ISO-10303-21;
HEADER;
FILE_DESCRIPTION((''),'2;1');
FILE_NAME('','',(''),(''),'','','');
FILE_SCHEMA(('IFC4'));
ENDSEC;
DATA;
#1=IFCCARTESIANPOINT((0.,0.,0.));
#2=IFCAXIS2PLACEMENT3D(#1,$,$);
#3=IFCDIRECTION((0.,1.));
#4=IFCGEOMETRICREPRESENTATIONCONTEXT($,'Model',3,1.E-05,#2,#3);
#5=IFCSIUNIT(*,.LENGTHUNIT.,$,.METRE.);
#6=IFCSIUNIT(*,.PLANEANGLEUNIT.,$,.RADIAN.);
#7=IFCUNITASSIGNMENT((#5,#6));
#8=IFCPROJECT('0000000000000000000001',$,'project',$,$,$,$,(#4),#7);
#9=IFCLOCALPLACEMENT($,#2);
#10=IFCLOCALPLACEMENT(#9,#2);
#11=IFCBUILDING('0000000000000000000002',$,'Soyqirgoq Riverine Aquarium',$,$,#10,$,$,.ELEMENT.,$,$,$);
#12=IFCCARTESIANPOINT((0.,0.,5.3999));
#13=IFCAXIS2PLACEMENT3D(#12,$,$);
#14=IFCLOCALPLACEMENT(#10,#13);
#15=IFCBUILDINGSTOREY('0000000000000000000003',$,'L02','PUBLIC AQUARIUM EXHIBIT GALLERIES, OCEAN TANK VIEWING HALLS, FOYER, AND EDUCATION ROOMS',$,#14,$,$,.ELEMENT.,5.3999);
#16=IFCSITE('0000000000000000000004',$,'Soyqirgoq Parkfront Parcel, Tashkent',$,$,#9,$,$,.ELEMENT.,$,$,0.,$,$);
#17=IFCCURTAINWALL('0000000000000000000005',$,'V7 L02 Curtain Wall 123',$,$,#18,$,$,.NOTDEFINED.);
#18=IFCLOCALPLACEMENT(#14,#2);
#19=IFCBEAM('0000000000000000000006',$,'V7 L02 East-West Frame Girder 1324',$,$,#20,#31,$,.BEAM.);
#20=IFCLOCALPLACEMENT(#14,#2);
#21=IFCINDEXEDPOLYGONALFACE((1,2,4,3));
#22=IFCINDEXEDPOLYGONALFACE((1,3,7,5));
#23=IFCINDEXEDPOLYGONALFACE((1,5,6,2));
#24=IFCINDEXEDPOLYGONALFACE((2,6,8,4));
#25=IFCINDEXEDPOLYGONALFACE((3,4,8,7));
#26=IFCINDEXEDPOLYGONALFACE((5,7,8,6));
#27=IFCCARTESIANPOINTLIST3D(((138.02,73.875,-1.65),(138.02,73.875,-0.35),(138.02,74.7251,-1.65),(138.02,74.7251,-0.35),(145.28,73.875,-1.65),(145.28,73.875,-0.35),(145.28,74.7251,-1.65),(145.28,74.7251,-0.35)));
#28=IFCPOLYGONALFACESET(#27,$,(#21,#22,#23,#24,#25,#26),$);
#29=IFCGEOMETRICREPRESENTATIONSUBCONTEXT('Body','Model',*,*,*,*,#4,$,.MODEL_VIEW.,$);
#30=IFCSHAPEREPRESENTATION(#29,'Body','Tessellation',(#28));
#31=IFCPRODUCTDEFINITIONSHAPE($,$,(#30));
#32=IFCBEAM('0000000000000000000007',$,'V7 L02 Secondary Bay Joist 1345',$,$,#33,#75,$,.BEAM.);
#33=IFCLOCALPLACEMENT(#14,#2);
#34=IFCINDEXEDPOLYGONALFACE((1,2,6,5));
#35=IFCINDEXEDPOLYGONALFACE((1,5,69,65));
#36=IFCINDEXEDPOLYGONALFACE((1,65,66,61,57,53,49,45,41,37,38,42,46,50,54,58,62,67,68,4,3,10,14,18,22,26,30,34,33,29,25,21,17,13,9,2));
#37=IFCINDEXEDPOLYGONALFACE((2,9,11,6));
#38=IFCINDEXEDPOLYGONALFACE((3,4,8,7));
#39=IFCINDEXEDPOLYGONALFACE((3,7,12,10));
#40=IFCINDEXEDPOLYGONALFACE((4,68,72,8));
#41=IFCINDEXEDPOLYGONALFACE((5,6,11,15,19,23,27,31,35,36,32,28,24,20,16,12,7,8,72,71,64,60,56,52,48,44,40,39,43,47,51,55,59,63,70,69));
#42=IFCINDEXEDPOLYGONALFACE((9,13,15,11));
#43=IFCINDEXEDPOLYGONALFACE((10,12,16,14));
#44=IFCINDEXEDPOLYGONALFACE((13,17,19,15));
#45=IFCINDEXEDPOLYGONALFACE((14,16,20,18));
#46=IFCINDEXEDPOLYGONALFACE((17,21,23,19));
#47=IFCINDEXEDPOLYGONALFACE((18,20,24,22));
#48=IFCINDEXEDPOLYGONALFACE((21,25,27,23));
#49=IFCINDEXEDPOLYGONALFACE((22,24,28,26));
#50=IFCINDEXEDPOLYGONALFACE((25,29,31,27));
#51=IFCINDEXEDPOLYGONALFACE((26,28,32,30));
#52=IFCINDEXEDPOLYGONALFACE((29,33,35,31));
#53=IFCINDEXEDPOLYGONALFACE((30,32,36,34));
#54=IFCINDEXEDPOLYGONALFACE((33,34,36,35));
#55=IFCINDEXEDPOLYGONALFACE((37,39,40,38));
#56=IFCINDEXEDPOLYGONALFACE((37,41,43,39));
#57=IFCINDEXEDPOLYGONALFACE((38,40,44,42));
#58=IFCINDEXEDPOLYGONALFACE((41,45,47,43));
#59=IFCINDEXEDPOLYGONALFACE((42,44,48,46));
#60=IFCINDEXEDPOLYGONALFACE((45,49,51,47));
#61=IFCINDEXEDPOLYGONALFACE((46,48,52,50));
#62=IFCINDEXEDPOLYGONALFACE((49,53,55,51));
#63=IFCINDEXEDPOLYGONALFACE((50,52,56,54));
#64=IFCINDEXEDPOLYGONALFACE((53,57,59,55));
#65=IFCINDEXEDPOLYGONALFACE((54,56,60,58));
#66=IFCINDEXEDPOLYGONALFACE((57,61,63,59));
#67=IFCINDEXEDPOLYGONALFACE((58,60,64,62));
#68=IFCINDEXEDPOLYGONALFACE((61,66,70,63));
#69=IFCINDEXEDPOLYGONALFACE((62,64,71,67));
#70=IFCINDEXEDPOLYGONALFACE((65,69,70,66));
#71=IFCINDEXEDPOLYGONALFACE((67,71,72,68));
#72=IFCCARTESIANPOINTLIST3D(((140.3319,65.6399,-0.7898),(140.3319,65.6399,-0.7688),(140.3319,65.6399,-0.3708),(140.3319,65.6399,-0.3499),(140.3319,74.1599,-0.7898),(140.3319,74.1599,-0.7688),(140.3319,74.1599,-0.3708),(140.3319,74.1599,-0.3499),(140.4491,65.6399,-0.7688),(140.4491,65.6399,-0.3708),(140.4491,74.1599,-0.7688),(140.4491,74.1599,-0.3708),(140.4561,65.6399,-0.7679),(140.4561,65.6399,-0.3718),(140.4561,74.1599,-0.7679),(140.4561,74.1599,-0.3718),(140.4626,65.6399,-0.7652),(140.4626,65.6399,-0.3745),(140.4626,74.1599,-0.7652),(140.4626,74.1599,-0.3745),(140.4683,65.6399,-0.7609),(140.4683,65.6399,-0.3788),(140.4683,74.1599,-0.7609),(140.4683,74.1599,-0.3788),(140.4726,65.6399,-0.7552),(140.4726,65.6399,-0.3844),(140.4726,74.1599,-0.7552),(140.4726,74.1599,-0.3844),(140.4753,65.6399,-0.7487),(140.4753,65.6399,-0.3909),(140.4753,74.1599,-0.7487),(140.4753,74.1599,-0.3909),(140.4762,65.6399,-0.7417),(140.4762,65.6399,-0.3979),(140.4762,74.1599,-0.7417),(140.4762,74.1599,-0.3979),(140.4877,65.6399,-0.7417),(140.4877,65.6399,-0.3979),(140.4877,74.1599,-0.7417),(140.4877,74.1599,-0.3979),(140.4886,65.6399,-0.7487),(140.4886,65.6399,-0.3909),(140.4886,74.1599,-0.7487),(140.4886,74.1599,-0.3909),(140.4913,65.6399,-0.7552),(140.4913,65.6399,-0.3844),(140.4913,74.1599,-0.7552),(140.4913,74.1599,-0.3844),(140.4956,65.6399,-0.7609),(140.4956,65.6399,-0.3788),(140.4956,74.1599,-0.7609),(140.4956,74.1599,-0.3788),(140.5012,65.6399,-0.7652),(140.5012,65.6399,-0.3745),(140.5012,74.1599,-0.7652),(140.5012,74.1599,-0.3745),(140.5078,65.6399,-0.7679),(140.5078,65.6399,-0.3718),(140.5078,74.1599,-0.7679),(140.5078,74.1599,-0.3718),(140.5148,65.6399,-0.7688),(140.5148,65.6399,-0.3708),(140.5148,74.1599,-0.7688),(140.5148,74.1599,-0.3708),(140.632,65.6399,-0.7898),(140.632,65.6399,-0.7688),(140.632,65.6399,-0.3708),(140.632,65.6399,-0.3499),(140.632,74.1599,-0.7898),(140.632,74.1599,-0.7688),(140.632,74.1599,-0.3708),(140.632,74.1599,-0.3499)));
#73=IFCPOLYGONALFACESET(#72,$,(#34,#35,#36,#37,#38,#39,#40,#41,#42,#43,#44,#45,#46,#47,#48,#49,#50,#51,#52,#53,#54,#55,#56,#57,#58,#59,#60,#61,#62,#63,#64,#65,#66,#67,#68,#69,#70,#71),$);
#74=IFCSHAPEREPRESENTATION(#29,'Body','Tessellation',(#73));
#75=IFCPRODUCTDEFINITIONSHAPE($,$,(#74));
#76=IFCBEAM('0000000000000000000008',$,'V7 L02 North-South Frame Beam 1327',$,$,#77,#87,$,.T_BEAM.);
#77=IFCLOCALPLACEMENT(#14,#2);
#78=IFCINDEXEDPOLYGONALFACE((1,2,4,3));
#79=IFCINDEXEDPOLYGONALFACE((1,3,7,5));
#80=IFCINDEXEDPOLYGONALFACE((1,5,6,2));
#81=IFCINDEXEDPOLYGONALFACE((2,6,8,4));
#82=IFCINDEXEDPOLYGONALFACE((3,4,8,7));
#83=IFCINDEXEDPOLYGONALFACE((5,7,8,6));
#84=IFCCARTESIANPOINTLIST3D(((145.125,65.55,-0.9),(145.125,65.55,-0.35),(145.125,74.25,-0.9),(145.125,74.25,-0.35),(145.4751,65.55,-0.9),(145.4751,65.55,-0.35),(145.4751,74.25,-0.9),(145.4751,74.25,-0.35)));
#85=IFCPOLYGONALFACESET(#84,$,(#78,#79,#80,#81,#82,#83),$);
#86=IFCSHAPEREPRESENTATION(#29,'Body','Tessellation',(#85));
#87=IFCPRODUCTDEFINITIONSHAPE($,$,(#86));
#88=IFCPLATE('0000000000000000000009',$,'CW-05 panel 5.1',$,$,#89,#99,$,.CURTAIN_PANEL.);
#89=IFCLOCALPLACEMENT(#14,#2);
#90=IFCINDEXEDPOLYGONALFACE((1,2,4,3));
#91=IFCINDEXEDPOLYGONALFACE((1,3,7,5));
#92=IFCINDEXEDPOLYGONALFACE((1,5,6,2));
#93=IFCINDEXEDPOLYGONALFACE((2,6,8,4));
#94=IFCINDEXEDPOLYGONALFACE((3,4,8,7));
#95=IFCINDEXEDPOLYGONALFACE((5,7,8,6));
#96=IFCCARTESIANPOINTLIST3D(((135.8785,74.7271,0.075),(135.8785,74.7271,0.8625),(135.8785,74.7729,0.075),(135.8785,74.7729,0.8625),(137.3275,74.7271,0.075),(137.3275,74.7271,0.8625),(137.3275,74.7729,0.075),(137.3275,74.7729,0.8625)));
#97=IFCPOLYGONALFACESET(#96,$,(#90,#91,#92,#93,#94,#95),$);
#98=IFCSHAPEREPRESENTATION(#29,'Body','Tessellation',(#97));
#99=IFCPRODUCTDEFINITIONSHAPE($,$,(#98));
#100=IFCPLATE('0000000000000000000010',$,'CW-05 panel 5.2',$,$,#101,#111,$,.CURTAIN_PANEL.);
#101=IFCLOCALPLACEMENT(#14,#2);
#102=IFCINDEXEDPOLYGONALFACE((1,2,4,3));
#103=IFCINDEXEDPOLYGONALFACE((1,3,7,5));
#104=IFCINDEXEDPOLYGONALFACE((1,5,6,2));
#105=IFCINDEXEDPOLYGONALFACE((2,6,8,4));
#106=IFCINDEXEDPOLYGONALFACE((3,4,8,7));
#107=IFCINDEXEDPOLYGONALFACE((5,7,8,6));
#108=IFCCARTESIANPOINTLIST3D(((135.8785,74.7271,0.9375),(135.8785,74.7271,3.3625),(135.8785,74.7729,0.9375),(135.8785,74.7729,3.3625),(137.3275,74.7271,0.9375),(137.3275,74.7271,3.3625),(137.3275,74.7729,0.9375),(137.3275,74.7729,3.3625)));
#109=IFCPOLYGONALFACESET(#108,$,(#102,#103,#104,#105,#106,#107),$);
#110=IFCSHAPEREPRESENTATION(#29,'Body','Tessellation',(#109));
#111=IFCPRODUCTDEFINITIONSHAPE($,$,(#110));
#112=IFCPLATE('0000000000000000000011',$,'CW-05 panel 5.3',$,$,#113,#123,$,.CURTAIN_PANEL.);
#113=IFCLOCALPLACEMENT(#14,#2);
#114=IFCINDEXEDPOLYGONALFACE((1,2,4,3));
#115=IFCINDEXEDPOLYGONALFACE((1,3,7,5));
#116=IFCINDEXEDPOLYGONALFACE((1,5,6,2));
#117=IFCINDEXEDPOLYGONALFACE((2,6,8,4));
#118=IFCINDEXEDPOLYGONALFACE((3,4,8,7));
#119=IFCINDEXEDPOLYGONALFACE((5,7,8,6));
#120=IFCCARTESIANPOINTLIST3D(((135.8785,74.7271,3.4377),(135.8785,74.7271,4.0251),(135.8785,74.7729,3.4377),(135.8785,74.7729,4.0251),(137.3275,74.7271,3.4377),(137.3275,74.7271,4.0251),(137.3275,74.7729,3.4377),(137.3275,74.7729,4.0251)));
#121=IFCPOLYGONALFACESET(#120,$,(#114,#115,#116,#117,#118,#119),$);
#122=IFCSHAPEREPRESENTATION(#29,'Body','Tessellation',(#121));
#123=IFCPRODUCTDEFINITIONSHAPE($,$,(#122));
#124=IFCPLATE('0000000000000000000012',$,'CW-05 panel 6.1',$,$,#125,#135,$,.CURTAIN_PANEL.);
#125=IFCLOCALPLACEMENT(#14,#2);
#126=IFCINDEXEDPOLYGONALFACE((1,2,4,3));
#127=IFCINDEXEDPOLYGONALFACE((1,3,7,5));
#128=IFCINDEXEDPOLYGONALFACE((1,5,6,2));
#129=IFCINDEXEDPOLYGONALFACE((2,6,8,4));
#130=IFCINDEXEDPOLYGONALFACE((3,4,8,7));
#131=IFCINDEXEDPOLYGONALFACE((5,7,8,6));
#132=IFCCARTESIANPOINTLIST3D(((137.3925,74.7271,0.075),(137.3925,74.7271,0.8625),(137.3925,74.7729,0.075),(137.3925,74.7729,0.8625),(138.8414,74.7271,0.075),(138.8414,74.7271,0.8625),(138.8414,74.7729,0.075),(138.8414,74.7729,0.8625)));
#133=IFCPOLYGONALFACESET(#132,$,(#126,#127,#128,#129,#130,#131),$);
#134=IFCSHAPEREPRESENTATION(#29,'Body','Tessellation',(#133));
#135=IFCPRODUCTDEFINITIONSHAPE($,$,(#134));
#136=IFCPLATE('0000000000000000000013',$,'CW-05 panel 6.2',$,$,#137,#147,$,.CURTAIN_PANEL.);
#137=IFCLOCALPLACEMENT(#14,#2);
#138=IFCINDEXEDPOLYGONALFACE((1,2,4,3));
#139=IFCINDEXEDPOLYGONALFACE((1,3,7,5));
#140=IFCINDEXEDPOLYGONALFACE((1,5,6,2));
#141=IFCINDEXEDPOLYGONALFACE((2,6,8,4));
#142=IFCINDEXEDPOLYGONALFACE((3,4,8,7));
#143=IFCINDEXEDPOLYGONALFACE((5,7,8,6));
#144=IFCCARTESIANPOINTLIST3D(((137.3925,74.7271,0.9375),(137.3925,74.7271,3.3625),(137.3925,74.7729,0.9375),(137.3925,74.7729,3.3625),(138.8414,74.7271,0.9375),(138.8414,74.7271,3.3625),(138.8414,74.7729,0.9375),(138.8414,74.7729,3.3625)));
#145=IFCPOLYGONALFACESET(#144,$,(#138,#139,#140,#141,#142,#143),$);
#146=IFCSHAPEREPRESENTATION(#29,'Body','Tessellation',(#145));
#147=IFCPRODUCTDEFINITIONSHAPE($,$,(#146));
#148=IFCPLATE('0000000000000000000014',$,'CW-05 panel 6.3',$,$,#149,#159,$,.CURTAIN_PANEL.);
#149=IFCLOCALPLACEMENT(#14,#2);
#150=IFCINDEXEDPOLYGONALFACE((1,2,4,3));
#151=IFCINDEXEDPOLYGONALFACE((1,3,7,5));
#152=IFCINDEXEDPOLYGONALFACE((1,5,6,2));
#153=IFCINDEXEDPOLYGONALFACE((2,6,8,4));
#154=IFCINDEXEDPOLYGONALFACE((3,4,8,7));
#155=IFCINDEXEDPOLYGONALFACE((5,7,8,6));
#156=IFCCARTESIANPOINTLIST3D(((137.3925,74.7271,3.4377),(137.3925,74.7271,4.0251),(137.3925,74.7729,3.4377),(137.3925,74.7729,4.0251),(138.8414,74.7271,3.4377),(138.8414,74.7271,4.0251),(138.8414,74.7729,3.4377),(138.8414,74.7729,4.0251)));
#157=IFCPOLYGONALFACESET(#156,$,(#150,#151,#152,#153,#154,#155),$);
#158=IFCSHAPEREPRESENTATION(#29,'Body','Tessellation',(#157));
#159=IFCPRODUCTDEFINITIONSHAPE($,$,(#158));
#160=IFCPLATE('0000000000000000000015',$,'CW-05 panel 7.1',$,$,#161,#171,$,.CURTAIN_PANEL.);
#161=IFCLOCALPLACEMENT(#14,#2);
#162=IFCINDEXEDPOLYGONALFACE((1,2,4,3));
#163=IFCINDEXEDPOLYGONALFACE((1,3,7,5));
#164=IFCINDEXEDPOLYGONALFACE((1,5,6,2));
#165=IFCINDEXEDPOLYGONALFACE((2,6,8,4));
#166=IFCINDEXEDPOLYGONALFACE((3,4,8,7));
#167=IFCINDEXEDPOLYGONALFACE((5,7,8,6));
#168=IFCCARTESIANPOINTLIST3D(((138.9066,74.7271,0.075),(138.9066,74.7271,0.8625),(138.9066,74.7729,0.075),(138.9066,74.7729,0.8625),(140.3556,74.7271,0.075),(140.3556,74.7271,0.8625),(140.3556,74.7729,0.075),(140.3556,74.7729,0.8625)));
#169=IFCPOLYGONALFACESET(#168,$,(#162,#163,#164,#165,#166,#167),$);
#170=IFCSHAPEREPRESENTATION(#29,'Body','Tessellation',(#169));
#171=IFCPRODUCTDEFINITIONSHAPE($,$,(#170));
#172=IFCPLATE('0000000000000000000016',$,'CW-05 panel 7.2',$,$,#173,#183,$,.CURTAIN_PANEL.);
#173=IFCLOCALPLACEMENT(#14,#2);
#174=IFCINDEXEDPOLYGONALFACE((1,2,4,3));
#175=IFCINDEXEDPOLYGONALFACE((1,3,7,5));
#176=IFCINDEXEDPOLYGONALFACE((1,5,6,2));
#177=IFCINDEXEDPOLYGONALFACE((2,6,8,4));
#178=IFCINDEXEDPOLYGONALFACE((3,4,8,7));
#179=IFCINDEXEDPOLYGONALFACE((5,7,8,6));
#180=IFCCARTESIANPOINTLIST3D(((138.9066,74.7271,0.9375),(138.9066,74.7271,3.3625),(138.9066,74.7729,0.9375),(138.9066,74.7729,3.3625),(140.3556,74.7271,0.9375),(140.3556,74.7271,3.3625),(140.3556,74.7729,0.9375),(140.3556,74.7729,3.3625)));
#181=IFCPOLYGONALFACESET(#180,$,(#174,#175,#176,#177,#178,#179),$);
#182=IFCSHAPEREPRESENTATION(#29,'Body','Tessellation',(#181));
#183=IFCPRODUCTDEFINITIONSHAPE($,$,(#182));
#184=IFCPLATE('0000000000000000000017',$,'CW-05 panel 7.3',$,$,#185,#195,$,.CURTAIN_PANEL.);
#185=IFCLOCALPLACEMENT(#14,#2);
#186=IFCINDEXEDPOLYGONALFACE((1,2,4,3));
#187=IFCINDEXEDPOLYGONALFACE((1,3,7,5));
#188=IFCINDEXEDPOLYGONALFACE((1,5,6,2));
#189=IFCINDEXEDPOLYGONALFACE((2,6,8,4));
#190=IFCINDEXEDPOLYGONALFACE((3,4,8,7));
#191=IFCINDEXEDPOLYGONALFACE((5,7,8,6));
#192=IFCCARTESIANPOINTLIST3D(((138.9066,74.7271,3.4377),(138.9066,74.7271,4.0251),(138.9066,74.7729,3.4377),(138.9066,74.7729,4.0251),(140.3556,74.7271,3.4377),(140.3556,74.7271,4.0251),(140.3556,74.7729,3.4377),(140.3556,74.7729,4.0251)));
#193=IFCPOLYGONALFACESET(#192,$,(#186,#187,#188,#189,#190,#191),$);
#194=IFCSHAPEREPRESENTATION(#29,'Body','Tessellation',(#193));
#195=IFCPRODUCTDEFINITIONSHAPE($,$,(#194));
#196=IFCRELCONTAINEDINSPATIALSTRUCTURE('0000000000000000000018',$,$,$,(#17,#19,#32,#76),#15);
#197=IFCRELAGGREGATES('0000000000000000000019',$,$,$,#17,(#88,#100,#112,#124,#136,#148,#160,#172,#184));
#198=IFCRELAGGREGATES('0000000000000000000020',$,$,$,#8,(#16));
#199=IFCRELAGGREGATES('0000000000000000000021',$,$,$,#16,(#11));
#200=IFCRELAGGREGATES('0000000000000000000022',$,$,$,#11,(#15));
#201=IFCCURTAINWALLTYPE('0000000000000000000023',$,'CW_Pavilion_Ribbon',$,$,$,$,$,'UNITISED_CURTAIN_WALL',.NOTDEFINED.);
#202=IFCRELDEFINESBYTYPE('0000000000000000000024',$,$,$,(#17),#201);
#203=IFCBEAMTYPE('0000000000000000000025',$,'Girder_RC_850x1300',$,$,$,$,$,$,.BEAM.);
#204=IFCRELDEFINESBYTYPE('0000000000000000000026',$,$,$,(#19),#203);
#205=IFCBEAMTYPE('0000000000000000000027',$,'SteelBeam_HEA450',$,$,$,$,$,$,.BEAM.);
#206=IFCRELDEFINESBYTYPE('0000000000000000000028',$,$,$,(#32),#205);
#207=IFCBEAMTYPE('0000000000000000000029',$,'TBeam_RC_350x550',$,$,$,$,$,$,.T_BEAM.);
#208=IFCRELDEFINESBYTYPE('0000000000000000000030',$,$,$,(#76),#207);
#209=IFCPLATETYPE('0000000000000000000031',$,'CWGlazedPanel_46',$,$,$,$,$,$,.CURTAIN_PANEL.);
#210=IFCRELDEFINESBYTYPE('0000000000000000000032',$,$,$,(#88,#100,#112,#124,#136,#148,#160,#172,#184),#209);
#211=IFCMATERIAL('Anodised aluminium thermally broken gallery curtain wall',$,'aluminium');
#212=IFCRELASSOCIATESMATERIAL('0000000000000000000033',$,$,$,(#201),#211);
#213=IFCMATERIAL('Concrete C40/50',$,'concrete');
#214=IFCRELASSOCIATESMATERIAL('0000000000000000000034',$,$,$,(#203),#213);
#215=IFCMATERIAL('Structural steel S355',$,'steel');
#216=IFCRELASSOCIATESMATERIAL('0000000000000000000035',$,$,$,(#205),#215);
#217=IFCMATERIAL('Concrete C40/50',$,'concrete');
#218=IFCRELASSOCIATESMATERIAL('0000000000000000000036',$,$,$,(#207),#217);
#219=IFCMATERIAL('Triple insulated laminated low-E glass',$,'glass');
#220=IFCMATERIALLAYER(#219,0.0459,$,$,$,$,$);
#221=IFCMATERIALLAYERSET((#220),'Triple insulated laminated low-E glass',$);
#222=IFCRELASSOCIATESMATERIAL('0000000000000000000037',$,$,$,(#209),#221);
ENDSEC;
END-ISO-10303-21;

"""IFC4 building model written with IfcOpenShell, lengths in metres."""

from ifc_helpers import new_model, si_unit, direction, frame, origin, origin_2d, place, context, subcontext, project, spatial, rectangle, i_section, extrude, material, layer, layer_set, material_profile, profile_set, type_object, element, aggregate, save


model = new_model("IFC4")

# Units and contexts
model_context = context("Model", 3, precision=1e-05, world=origin(), true_north=direction((0.0, 1.0)))
body_context = subcontext(model_context, "Body", "Model", "MODEL_VIEW")
ifc_project = project(units=[si_unit("LENGTHUNIT", "METRE"), si_unit("PLANEANGLEUNIT", "RADIAN")], contexts=[model_context])

# Site, building, storey
site_placement = place(None, origin())
site = spatial("IfcSite", under=ifc_project, at=site_placement, Name="Soyqirgoq Parkfront Parcel, Tashkent", CompositionType="ELEMENT", RefElevation=0.0)
building_placement = place(site_placement, origin())
building = spatial("IfcBuilding", under=site, at=building_placement, Name="Soyqirgoq Riverine Aquarium", CompositionType="ELEMENT")
storey_placement = place(building_placement, frame((0.0, 0.0, 5.3999)))
storey = spatial("IfcBuildingStorey", under=building, at=storey_placement, Name="L02", Description="PUBLIC AQUARIUM EXHIBIT GALLERIES, OCEAN TANK VIEWING HALLS, FOYER, AND EDUCATION ROOMS", CompositionType="ELEMENT", Elevation=5.3999)

# Curtain wall
ifc_material_1 = material(Name="Anodised aluminium thermally broken gallery curtain wall", Category="aluminium")
curtain_wall_type = type_object("IfcCurtainWallType", Name="CW_Pavilion_Ribbon", ElementType="UNITISED_CURTAIN_WALL", PredefinedType="NOTDEFINED", material=ifc_material_1)
curtain_wall_placement = place(storey_placement, origin())
curtain_wall = element("IfcCurtainWall", 1, at=curtain_wall_placement, inside=storey, type_object=curtain_wall_type, Name="V7 L02 Curtain Wall 123", PredefinedType="NOTDEFINED")

# Beams
ifc_material_2 = material(Name="Concrete C40/50", Category="concrete")
ifc_material_profile_1 = material_profile(ifc_material_2, rectangle(XDim=0.8501, YDim=1.3, at=origin_2d()), Name="RC 850x1300")
ifc_profile_set_1 = profile_set([ifc_material_profile_1], Name="Concrete C40/50")
beam_type_1 = type_object("IfcBeamType", Name="Girder_RC_850x1300", PredefinedType="BEAM", material=ifc_profile_set_1)
beam_1_placement = place(storey_placement, frame((138.02, 74.3, -1.0), z_axis=(1.0, 0.0, 0.0), x_axis=(0.0, 1.0, 0.0)))
element("IfcBeam", 2, at=beam_1_placement, inside=storey, type_object=beam_type_1, Name="V7 L02 East-West Frame Girder 1324", PredefinedType="BEAM", context=body_context, shape_type="SweptSolid", body=[
    extrude(rectangle(XDim=0.8501, YDim=1.3, at=origin_2d()), origin(), (0.0, 0.0, 1.0), 7.26),
])
ifc_material_3 = material(Name="Structural steel S355", Category="steel")
ifc_material_profile_2 = material_profile(ifc_material_3, i_section(OverallWidth=0.3, OverallDepth=0.4399, WebThickness=0.0115, FlangeThickness=0.021, FilletRadius=0.0271, at=origin_2d()), Name="HEA 450")
ifc_profile_set_2 = profile_set([ifc_material_profile_2], Name="Structural steel S355")
beam_type_2 = type_object("IfcBeamType", Name="SteelBeam_HEA450", PredefinedType="BEAM", material=ifc_profile_set_2)
beam_2_placement = place(storey_placement, frame((140.4819, 65.6399, -0.5698), z_axis=(0.0, 1.0, 0.0), x_axis=(-1.0, 0.0, 0.0)))
element("IfcBeam", 3, at=beam_2_placement, inside=storey, type_object=beam_type_2, Name="V7 L02 Secondary Bay Joist 1345", PredefinedType="BEAM", context=body_context, shape_type="SweptSolid", body=[
    extrude(i_section(OverallWidth=0.3, OverallDepth=0.4399, WebThickness=0.0115, FlangeThickness=0.021, FilletRadius=0.0271, at=origin_2d()), origin(), (0.0, 0.0, 1.0), 8.52),
])
ifc_material_4 = material(Name="Concrete C40/50", Category="concrete")
ifc_material_profile_3 = material_profile(ifc_material_4, rectangle(XDim=0.3501, YDim=0.55, at=origin_2d()), Name="RC 350x550")
ifc_profile_set_3 = profile_set([ifc_material_profile_3], Name="Concrete C40/50")
beam_type_3 = type_object("IfcBeamType", Name="TBeam_RC_350x550", PredefinedType="T_BEAM", material=ifc_profile_set_3)
beam_3_placement = place(storey_placement, frame((145.3, 65.55, -0.625), z_axis=(0.0, 1.0, 0.0), x_axis=(-1.0, 0.0, 0.0)))
element("IfcBeam", 4, at=beam_3_placement, inside=storey, type_object=beam_type_3, Name="V7 L02 North-South Frame Beam 1327", PredefinedType="T_BEAM", context=body_context, shape_type="SweptSolid", body=[
    extrude(rectangle(XDim=0.3501, YDim=0.55, at=origin_2d()), origin(), (0.0, 0.0, 1.0), 8.7),
])

# Plates
ifc_material_5 = material(Name="Triple insulated laminated low-E glass", Category="glass")
ifc_layer = layer(ifc_material_5, 0.0459)
ifc_layer_set = layer_set([ifc_layer], Name="Triple insulated laminated low-E glass")
plate_type = type_object("IfcPlateType", Name="CWGlazedPanel_46", PredefinedType="CURTAIN_PANEL", material=ifc_layer_set)
plate_1_placement = place(storey_placement, frame((136.603, 74.75, 0.075), z_axis=(0.0, 0.0, 1.0), x_axis=(1.0, 0.0, 0.0)))
plate_1 = element("IfcPlate", 5, at=plate_1_placement, type_object=plate_type, Name="CW-05 panel 5.1", PredefinedType="CURTAIN_PANEL", context=body_context, shape_type="SweptSolid", body=[
    extrude(rectangle(XDim=1.449, YDim=0.0459, at=origin_2d()), origin(), (0.0, 0.0, 1.0), 0.7876),
])
plate_2_placement = place(storey_placement, frame((136.603, 74.75, 0.9375), z_axis=(0.0, 0.0, 1.0), x_axis=(1.0, 0.0, 0.0)))
plate_2 = element("IfcPlate", 6, at=plate_2_placement, type_object=plate_type, Name="CW-05 panel 5.2", PredefinedType="CURTAIN_PANEL", context=body_context, shape_type="SweptSolid", body=[
    extrude(rectangle(XDim=1.449, YDim=0.0459, at=origin_2d()), origin(), (0.0, 0.0, 1.0), 2.425),
])
plate_3_placement = place(storey_placement, frame((136.603, 74.75, 3.4377), z_axis=(0.0, 0.0, 1.0), x_axis=(1.0, 0.0, 0.0)))
plate_3 = element("IfcPlate", 7, at=plate_3_placement, type_object=plate_type, Name="CW-05 panel 5.3", PredefinedType="CURTAIN_PANEL", context=body_context, shape_type="SweptSolid", body=[
    extrude(rectangle(XDim=1.449, YDim=0.0459, at=origin_2d()), origin(), (0.0, 0.0, 1.0), 0.5874),
])
plate_4_placement = place(storey_placement, frame((138.1169, 74.75, 0.075), z_axis=(0.0, 0.0, 1.0), x_axis=(1.0, 0.0, 0.0)))
plate_4 = element("IfcPlate", 8, at=plate_4_placement, type_object=plate_type, Name="CW-05 panel 6.1", PredefinedType="CURTAIN_PANEL", context=body_context, shape_type="SweptSolid", body=[
    extrude(rectangle(XDim=1.449, YDim=0.0459, at=origin_2d()), origin(), (0.0, 0.0, 1.0), 0.7876),
])
plate_5_placement = place(storey_placement, frame((138.1169, 74.75, 0.9375), z_axis=(0.0, 0.0, 1.0), x_axis=(1.0, 0.0, 0.0)))
plate_5 = element("IfcPlate", 9, at=plate_5_placement, type_object=plate_type, Name="CW-05 panel 6.2", PredefinedType="CURTAIN_PANEL", context=body_context, shape_type="SweptSolid", body=[
    extrude(rectangle(XDim=1.449, YDim=0.0459, at=origin_2d()), origin(), (0.0, 0.0, 1.0), 2.425),
])
plate_6_placement = place(storey_placement, frame((138.1169, 74.75, 3.4377), z_axis=(0.0, 0.0, 1.0), x_axis=(1.0, 0.0, 0.0)))
plate_6 = element("IfcPlate", 10, at=plate_6_placement, type_object=plate_type, Name="CW-05 panel 6.3", PredefinedType="CURTAIN_PANEL", context=body_context, shape_type="SweptSolid", body=[
    extrude(rectangle(XDim=1.449, YDim=0.0459, at=origin_2d()), origin(), (0.0, 0.0, 1.0), 0.5874),
])
plate_7_placement = place(storey_placement, frame((139.6311, 74.75, 0.075), z_axis=(0.0, 0.0, 1.0), x_axis=(1.0, 0.0, 0.0)))
plate_7 = element("IfcPlate", 11, at=plate_7_placement, type_object=plate_type, Name="CW-05 panel 7.1", PredefinedType="CURTAIN_PANEL", context=body_context, shape_type="SweptSolid", body=[
    extrude(rectangle(XDim=1.449, YDim=0.0459, at=origin_2d()), origin(), (0.0, 0.0, 1.0), 0.7876),
])
plate_8_placement = place(storey_placement, frame((139.6311, 74.75, 0.9375), z_axis=(0.0, 0.0, 1.0), x_axis=(1.0, 0.0, 0.0)))
plate_8 = element("IfcPlate", 12, at=plate_8_placement, type_object=plate_type, Name="CW-05 panel 7.2", PredefinedType="CURTAIN_PANEL", context=body_context, shape_type="SweptSolid", body=[
    extrude(rectangle(XDim=1.449, YDim=0.0459, at=origin_2d()), origin(), (0.0, 0.0, 1.0), 2.425),
])
plate_9_placement = place(storey_placement, frame((139.6311, 74.75, 3.4377), z_axis=(0.0, 0.0, 1.0), x_axis=(1.0, 0.0, 0.0)))
plate_9 = element("IfcPlate", 13, at=plate_9_placement, type_object=plate_type, Name="CW-05 panel 7.3", PredefinedType="CURTAIN_PANEL", context=body_context, shape_type="SweptSolid", body=[
    extrude(rectangle(XDim=1.449, YDim=0.0459, at=origin_2d()), origin(), (0.0, 0.0, 1.0), 0.5874),
])
aggregate(curtain_wall, [plate_1, plate_2, plate_3, plate_4, plate_5, plate_6, plate_7, plate_8, plate_9])

save(model, "model.ifc")
